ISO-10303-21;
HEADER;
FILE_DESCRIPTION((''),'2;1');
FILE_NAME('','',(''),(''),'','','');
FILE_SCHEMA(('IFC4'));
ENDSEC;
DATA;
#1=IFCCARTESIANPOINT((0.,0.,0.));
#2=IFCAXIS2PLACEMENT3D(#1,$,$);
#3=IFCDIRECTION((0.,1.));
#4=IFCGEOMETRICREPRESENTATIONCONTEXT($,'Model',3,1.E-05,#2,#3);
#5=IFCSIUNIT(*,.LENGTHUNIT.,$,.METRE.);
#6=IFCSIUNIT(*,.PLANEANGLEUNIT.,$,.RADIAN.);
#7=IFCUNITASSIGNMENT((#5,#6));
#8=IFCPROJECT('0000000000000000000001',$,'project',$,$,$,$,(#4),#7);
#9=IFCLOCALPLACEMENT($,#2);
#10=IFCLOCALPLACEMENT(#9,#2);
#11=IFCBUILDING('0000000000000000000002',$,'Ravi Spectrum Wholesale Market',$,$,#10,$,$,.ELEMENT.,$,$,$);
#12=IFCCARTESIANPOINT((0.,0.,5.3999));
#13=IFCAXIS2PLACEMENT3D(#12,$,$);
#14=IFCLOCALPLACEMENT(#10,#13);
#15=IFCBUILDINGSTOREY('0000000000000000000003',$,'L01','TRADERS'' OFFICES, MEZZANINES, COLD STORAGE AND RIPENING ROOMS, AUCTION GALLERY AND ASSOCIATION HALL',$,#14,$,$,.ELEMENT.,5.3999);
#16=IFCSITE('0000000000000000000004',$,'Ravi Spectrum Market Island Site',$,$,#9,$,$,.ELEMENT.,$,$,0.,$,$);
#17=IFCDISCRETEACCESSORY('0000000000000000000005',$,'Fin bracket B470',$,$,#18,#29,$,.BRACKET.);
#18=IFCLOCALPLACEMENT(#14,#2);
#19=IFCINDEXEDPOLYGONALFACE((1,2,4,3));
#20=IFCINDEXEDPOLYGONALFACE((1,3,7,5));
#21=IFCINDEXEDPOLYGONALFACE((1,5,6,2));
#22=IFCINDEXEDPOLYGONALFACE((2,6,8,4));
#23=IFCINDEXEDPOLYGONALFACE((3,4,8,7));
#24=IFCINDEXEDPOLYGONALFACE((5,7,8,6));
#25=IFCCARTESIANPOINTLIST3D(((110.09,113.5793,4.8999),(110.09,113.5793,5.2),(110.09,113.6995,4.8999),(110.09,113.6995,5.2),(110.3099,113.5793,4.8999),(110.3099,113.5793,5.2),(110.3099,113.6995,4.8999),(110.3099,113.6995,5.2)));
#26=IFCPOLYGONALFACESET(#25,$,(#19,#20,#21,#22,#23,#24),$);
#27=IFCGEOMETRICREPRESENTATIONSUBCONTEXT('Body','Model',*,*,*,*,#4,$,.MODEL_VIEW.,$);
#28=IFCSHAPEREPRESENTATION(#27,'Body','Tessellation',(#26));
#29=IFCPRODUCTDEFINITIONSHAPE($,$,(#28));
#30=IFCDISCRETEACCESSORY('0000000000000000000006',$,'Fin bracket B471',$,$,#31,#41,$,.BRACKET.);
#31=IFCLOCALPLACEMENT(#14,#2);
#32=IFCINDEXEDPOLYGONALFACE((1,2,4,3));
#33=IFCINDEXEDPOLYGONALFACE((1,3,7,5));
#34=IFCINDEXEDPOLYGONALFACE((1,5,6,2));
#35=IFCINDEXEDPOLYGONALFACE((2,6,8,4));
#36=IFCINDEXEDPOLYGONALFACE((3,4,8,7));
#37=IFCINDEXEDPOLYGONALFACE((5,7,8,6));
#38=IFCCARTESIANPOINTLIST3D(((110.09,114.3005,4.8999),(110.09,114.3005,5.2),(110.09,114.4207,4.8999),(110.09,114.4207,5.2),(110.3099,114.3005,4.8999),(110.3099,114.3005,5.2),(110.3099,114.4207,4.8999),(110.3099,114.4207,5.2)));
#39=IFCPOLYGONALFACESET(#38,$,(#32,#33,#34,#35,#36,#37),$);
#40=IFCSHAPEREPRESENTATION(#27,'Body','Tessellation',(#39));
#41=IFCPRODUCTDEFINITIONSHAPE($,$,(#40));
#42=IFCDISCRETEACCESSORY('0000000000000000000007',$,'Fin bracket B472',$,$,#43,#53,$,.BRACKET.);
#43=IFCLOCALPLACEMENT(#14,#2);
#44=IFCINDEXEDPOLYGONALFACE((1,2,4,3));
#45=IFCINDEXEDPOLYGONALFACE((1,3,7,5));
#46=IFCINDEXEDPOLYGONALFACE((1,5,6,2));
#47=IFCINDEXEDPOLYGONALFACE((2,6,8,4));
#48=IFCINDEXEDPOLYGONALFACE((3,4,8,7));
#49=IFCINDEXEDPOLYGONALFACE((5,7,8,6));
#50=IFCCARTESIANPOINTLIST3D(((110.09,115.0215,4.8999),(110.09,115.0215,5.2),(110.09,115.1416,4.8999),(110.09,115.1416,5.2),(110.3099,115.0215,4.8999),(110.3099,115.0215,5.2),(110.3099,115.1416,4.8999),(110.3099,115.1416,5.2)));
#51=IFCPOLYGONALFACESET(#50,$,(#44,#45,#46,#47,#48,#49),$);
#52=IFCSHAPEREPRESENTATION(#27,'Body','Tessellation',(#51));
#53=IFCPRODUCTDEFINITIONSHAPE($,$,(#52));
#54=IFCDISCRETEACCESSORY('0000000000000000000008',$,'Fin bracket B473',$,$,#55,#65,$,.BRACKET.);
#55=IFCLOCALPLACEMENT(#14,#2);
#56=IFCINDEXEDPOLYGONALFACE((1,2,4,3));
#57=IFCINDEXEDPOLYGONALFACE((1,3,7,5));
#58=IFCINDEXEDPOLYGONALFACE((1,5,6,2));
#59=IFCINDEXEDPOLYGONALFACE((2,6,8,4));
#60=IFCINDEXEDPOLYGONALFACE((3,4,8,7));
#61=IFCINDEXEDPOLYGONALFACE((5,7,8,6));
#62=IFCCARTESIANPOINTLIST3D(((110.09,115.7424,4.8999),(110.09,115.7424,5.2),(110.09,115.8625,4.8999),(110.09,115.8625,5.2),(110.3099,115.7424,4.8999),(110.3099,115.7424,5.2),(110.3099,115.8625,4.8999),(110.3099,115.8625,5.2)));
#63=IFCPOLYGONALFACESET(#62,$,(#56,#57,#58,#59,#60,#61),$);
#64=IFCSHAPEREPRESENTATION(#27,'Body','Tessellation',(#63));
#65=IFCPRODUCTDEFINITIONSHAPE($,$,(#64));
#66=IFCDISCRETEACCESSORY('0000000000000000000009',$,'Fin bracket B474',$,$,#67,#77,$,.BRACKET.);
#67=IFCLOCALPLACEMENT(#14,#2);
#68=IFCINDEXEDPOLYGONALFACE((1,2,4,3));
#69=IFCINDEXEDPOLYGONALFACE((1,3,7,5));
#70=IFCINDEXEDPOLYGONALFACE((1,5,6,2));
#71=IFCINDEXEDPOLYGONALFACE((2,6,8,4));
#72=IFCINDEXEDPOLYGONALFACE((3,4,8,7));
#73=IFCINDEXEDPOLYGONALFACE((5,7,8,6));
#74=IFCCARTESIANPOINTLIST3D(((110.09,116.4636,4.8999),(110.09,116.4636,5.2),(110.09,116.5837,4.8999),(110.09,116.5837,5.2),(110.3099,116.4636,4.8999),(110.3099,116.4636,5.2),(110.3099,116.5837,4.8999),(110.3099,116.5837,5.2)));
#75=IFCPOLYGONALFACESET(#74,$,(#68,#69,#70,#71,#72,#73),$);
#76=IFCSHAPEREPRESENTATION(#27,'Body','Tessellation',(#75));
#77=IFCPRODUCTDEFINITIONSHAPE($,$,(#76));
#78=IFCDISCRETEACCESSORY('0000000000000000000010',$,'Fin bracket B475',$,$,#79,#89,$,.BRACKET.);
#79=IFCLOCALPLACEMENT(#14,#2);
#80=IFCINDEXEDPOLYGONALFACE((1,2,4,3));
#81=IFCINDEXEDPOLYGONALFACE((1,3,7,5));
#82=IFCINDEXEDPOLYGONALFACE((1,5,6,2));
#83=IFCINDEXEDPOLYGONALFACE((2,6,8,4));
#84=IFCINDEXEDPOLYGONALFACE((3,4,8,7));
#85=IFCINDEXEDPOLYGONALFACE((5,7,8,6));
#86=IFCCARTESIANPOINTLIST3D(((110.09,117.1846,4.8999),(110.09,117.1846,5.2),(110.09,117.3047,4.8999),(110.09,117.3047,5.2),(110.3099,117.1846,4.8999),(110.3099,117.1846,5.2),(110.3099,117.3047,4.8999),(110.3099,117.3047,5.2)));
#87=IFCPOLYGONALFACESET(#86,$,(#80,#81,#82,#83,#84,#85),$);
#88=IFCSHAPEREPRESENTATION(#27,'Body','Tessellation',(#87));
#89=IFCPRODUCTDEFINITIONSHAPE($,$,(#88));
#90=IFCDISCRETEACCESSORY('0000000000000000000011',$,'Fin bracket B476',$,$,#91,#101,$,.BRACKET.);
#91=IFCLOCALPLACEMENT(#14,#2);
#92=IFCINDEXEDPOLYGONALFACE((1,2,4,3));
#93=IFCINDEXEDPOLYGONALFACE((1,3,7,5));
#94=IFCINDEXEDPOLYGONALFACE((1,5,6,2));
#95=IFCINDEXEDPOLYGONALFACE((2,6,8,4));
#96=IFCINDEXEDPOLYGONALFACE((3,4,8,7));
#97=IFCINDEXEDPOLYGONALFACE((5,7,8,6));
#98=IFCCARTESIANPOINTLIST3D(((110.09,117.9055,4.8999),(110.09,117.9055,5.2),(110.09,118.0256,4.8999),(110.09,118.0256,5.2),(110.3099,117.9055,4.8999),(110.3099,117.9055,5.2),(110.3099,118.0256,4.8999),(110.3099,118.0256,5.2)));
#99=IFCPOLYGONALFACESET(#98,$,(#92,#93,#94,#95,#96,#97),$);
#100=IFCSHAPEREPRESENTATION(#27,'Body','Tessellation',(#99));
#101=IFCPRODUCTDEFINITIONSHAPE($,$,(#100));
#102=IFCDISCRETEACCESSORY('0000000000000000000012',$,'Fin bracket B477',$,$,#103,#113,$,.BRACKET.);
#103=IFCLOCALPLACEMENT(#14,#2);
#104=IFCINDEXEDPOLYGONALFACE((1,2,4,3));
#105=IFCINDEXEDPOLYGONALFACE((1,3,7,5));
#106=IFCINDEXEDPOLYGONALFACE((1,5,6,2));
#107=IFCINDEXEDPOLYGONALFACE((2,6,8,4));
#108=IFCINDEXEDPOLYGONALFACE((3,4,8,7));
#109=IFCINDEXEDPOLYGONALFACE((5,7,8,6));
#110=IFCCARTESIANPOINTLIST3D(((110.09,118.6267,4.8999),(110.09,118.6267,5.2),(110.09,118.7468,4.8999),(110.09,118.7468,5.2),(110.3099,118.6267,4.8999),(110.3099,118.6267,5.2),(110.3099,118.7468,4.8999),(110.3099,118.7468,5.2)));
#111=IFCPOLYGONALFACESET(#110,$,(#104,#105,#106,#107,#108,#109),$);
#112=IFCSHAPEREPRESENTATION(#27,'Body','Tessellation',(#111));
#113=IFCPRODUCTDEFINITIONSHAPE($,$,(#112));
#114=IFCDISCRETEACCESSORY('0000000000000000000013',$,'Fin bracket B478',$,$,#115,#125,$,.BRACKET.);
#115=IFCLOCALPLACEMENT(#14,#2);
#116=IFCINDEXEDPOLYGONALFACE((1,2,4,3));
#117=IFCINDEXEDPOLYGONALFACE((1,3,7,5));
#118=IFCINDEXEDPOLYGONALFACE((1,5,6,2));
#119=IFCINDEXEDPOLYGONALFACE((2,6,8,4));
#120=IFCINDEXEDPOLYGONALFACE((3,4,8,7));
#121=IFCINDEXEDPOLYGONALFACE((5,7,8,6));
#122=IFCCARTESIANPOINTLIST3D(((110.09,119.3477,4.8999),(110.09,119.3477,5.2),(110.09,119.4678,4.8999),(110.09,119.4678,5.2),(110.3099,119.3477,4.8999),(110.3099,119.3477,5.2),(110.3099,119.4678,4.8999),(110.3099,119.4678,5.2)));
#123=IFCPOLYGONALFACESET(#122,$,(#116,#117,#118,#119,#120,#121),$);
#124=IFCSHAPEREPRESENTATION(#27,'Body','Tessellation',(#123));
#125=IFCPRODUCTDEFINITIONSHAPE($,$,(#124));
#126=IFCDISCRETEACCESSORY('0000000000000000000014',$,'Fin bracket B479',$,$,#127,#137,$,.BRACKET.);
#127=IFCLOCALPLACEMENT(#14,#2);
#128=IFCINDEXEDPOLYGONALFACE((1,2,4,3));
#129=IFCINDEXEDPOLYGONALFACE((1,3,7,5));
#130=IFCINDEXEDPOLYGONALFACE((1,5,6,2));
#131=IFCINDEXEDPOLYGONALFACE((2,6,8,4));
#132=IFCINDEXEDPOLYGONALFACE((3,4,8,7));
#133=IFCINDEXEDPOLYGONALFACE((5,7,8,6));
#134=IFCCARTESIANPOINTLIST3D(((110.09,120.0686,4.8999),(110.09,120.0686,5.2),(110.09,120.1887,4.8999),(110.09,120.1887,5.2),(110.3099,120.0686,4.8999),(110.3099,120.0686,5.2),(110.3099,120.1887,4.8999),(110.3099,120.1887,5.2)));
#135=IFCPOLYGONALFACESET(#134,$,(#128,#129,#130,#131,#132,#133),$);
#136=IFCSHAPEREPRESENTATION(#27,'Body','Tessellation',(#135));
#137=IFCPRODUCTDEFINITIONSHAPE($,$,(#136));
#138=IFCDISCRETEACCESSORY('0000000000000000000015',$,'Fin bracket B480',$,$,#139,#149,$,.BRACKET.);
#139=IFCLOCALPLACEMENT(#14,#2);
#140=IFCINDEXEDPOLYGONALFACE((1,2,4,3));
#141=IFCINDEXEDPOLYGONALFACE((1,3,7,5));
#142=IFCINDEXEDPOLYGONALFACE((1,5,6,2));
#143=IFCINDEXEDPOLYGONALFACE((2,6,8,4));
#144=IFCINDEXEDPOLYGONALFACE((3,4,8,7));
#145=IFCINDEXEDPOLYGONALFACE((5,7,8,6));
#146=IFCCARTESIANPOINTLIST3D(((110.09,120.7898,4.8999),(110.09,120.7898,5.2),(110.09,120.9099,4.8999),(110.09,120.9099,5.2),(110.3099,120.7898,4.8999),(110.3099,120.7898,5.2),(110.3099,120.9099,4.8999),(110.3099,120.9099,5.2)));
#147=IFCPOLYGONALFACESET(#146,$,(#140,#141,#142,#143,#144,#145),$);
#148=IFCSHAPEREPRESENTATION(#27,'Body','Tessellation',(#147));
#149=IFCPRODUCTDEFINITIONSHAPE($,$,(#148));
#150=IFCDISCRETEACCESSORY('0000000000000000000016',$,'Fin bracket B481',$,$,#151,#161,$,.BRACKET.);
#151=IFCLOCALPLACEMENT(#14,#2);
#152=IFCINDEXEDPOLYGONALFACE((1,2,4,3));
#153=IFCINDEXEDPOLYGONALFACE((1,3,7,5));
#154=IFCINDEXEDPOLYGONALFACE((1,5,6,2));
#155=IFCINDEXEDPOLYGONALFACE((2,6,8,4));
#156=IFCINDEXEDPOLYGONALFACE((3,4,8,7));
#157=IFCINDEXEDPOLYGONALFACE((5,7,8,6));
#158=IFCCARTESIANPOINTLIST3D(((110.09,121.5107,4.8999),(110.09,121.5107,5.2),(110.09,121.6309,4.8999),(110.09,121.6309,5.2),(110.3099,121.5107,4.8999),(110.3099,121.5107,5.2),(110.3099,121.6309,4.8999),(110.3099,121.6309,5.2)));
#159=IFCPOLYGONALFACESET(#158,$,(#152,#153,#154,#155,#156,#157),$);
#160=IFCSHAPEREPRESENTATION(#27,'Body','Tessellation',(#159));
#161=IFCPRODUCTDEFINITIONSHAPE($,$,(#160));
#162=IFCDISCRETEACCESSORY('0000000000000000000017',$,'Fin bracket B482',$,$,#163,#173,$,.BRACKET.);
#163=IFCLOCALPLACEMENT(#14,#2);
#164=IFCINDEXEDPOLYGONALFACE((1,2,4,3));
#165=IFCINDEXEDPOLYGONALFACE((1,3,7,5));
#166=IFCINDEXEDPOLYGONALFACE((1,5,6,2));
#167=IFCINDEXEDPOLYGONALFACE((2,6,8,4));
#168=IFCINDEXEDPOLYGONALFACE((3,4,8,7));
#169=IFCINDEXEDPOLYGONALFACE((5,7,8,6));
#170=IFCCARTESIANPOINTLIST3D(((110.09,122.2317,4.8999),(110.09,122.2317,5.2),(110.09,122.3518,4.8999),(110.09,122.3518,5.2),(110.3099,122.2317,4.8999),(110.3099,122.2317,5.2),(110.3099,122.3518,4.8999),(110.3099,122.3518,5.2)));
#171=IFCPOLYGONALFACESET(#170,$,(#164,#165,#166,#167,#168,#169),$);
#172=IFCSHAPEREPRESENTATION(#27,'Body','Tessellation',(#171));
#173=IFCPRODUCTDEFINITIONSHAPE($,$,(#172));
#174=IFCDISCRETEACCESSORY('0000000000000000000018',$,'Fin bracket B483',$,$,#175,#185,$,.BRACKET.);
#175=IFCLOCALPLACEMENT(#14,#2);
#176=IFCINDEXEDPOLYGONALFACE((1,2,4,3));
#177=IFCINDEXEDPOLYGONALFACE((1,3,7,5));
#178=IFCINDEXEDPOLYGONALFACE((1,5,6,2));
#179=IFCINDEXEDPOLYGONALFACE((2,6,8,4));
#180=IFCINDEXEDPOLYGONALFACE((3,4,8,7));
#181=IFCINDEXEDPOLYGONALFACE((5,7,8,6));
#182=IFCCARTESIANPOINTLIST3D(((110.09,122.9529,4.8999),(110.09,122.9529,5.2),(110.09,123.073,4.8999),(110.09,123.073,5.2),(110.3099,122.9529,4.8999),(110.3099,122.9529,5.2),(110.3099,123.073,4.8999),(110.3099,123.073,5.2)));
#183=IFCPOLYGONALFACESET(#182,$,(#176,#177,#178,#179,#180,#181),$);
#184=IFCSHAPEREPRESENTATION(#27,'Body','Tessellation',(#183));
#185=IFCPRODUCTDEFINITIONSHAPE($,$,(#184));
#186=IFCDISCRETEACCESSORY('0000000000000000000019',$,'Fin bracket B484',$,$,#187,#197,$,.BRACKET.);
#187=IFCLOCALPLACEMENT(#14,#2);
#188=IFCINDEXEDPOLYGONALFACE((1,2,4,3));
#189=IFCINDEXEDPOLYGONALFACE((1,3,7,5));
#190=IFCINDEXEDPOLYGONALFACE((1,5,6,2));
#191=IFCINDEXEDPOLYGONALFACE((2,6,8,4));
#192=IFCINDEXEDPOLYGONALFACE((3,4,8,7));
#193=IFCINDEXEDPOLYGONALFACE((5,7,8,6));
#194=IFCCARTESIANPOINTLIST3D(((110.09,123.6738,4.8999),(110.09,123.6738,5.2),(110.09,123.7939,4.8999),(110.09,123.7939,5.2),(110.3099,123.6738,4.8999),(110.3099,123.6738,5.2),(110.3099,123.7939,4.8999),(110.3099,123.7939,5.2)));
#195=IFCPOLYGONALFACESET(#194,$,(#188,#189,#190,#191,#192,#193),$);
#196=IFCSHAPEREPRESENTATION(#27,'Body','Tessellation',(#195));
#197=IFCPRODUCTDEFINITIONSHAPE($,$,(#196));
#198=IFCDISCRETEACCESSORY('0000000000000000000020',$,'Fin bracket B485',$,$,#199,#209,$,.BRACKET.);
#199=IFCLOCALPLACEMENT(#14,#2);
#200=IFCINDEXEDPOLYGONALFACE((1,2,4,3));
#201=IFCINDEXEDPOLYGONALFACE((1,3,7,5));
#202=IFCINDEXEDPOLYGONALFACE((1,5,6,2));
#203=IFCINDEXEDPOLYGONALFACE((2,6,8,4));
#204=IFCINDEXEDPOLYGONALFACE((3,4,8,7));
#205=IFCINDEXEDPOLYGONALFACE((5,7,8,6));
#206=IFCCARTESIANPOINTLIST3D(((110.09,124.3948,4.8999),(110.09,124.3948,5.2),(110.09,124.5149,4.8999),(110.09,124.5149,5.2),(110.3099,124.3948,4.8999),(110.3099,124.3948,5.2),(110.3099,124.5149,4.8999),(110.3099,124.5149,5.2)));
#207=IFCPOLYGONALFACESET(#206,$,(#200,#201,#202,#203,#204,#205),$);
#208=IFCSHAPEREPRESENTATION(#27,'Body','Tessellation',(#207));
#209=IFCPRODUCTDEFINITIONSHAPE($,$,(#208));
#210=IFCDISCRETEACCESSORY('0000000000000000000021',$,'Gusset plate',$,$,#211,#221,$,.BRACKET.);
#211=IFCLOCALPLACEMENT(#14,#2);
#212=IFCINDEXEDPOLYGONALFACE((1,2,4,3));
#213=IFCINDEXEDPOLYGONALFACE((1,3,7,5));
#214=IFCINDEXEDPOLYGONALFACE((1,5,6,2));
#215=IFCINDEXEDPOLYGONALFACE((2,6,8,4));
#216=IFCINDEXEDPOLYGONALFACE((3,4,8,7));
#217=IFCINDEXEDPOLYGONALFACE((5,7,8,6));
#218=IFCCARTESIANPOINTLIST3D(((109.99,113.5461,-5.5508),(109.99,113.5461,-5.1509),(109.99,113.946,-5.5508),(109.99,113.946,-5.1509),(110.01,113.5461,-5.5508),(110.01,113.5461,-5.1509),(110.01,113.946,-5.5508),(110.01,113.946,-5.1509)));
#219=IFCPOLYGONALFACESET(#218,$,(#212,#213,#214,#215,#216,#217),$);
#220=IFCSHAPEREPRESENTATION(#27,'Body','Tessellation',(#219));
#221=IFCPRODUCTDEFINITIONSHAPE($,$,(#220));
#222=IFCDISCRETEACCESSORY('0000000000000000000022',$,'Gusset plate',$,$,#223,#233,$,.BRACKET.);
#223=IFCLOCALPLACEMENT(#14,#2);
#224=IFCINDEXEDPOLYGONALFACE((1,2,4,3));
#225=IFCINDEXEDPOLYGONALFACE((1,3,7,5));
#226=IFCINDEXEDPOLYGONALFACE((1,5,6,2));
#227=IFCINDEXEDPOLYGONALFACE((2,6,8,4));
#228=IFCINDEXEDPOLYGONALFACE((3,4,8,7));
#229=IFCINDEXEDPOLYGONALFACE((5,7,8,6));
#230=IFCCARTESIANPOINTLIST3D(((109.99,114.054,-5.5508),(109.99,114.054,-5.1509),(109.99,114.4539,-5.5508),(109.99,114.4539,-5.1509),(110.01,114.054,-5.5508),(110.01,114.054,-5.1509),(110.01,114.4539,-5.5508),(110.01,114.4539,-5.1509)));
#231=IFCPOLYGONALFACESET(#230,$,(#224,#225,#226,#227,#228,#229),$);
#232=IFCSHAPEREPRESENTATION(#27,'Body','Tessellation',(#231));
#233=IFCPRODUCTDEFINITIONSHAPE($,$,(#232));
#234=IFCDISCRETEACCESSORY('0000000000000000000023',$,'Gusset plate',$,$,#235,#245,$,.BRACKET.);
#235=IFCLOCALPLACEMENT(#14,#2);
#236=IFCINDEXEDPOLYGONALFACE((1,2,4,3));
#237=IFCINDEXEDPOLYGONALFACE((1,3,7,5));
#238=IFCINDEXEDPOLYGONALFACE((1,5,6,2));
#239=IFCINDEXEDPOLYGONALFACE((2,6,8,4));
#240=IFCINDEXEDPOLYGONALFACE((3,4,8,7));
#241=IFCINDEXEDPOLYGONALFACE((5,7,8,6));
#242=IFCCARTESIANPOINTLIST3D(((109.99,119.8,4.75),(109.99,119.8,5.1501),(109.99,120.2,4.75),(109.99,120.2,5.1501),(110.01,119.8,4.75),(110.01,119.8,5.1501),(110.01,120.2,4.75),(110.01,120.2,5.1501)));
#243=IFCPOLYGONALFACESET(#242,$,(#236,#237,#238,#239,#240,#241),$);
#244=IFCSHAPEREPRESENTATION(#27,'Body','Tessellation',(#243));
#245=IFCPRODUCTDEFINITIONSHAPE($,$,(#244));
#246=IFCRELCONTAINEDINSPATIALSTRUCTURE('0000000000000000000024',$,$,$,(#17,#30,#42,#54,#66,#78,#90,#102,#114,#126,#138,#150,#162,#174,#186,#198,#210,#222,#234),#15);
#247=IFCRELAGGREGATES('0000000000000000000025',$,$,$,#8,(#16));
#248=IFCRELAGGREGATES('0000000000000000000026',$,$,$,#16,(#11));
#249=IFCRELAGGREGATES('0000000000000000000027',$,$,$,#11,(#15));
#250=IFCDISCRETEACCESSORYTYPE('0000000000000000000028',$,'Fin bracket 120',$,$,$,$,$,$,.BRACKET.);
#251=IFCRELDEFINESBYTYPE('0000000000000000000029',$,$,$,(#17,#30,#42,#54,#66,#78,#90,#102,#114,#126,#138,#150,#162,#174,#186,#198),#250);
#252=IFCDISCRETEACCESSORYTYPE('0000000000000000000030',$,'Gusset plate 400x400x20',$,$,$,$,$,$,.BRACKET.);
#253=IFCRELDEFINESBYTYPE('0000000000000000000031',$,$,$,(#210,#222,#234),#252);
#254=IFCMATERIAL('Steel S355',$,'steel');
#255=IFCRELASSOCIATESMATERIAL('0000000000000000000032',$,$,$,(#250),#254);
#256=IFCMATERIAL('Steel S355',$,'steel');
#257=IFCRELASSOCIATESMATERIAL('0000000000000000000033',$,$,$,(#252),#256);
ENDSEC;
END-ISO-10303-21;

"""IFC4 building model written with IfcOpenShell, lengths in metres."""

from ifc_helpers import new_model, si_unit, direction, frame, origin, origin_2d, place, context, subcontext, project, spatial, rectangle, extrude, material, material_profile, profile_set, type_object, element, save


model = new_model("IFC4")

# Units and contexts
model_context = context("Model", 3, precision=1e-05, world=origin(), true_north=direction((0.0, 1.0)))
body_context = subcontext(model_context, "Body", "Model", "MODEL_VIEW")
ifc_project = project(units=[si_unit("LENGTHUNIT", "METRE"), si_unit("PLANEANGLEUNIT", "RADIAN")], contexts=[model_context])

# Site, building, storey
site_placement = place(None, origin())
site = spatial("IfcSite", under=ifc_project, at=site_placement, Name="Ravi Spectrum Market Island Site", CompositionType="ELEMENT", RefElevation=0.0)
building_placement = place(site_placement, origin())
building = spatial("IfcBuilding", under=site, at=building_placement, Name="Ravi Spectrum Wholesale Market", CompositionType="ELEMENT")
storey_placement = place(building_placement, frame((0.0, 0.0, 5.3999)))
storey = spatial("IfcBuildingStorey", under=building, at=storey_placement, Name="L01", Description="TRADERS' OFFICES, MEZZANINES, COLD STORAGE AND RIPENING ROOMS, AUCTION GALLERY AND ASSOCIATION HALL", CompositionType="ELEMENT", Elevation=5.3999)

# Discrete accessories
ifc_material_1 = material(Name="Steel S355", Category="steel")
discrete_accessory_type_1 = type_object("IfcDiscreteAccessoryType", Name="Fin bracket 120", PredefinedType="BRACKET", material=ifc_material_1)
for number, where, z_axis, x_axis, name in (
    (1, (110.2, 113.6394, 4.8999), (0.0, 0.0, 1.0), (0.0, 1.0, 0.0), "Fin bracket B470"),
    (2, (110.2, 114.3606, 4.8999), (0.0, 0.0, 1.0), (0.0, 1.0, 0.0), "Fin bracket B471"),
    (3, (110.2, 115.0815, 4.8999), (0.0, 0.0, 1.0), (0.0, 1.0, 0.0), "Fin bracket B472"),
    (4, (110.2, 115.8025, 4.8999), (0.0, 0.0, 1.0), (0.0, 1.0, 0.0), "Fin bracket B473"),
    (5, (110.2, 116.5237, 4.8999), (0.0, 0.0, 1.0), (0.0, 1.0, 0.0), "Fin bracket B474"),
    (6, (110.2, 117.2446, 4.8999), (0.0, 0.0, 1.0), (0.0, 1.0, 0.0), "Fin bracket B475"),
    (7, (110.2, 117.9656, 4.8999), (0.0, 0.0, 1.0), (0.0, 1.0, 0.0), "Fin bracket B476"),
    (8, (110.2, 118.6868, 4.8999), (0.0, 0.0, 1.0), (0.0, 1.0, 0.0), "Fin bracket B477"),
    (9, (110.2, 119.4077, 4.8999), (0.0, 0.0, 1.0), (0.0, 1.0, 0.0), "Fin bracket B478"),
    (10, (110.2, 120.1287, 4.8999), (0.0, 0.0, 1.0), (0.0, 1.0, 0.0), "Fin bracket B479"),
    (11, (110.2, 120.8499, 4.8999), (0.0, 0.0, 1.0), (0.0, 1.0, 0.0), "Fin bracket B480"),
    (12, (110.2, 121.5708, 4.8999), (0.0, 0.0, 1.0), (0.0, 1.0, 0.0), "Fin bracket B481"),
    (13, (110.2, 122.2917, 4.8999), (0.0, 0.0, 1.0), (0.0, 1.0, 0.0), "Fin bracket B482"),
    (14, (110.2, 123.0129, 4.8999), (0.0, 0.0, 1.0), (0.0, 1.0, 0.0), "Fin bracket B483"),
    (15, (110.2, 123.7339, 4.8999), (0.0, 0.0, 1.0), (0.0, 1.0, 0.0), "Fin bracket B484"),
    (16, (110.2, 124.4548, 4.8999), (0.0, 0.0, 1.0), (0.0, 1.0, 0.0), "Fin bracket B485"),
):
    element("IfcDiscreteAccessory", number, at=place(storey_placement, frame(where, z_axis=z_axis, x_axis=x_axis)), inside=storey, type_object=discrete_accessory_type_1, Name=name, PredefinedType="BRACKET", context=body_context, shape_type="SweptSolid", body=[
        extrude(rectangle(XDim=0.1201, YDim=0.22, at=origin_2d()), origin(), (0.0, 0.0, 1.0), 0.3),
    ])
ifc_material_2 = material(Name="Steel S355", Category="steel")
ifc_material_profile_1 = material_profile(ifc_material_2, rectangle(XDim=0.3999, YDim=0.02, at=origin_2d()))
ifc_profile_set_1 = profile_set([ifc_material_profile_1], Name="Steel S355")
discrete_accessory_type_2 = type_object("IfcDiscreteAccessoryType", Name="Gusset plate 400x400x20", PredefinedType="BRACKET", material=ifc_profile_set_1)
for number, where, z_axis, x_axis, name in (
    (17, (110.0, 113.7461, -5.5508), (0.0, 0.0, 1.0), (0.0, -1.0, 0.0), "Gusset plate"),
    (18, (110.0, 114.2539, -5.5508), (0.0, 0.0, 1.0), (0.0, 1.0, 0.0), "Gusset plate"),
):
    element("IfcDiscreteAccessory", number, at=place(storey_placement, frame(where, z_axis=z_axis, x_axis=x_axis)), inside=storey, type_object=discrete_accessory_type_2, Name=name, PredefinedType="BRACKET", context=body_context, shape_type="SweptSolid", body=[
        extrude(rectangle(XDim=0.3999, YDim=0.02, at=origin_2d()), origin(), (0.0, 0.0, 1.0), 0.3999),
    ])
discrete_accessory_placement = place(storey_placement, frame((110.0, 120.0, 4.75), z_axis=(0.0, 0.0, 1.0), x_axis=(0.0, 1.0, 0.0)))
element("IfcDiscreteAccessory", 19, at=discrete_accessory_placement, inside=storey, type_object=discrete_accessory_type_2, Name="Gusset plate", PredefinedType="BRACKET", context=body_context, shape_type="SweptSolid", body=[
    extrude(rectangle(XDim=0.3999, YDim=0.02, at=origin_2d()), origin(), (0.0, 0.0, 1.0), 0.4001),
])

save(model, "model.ifc")
